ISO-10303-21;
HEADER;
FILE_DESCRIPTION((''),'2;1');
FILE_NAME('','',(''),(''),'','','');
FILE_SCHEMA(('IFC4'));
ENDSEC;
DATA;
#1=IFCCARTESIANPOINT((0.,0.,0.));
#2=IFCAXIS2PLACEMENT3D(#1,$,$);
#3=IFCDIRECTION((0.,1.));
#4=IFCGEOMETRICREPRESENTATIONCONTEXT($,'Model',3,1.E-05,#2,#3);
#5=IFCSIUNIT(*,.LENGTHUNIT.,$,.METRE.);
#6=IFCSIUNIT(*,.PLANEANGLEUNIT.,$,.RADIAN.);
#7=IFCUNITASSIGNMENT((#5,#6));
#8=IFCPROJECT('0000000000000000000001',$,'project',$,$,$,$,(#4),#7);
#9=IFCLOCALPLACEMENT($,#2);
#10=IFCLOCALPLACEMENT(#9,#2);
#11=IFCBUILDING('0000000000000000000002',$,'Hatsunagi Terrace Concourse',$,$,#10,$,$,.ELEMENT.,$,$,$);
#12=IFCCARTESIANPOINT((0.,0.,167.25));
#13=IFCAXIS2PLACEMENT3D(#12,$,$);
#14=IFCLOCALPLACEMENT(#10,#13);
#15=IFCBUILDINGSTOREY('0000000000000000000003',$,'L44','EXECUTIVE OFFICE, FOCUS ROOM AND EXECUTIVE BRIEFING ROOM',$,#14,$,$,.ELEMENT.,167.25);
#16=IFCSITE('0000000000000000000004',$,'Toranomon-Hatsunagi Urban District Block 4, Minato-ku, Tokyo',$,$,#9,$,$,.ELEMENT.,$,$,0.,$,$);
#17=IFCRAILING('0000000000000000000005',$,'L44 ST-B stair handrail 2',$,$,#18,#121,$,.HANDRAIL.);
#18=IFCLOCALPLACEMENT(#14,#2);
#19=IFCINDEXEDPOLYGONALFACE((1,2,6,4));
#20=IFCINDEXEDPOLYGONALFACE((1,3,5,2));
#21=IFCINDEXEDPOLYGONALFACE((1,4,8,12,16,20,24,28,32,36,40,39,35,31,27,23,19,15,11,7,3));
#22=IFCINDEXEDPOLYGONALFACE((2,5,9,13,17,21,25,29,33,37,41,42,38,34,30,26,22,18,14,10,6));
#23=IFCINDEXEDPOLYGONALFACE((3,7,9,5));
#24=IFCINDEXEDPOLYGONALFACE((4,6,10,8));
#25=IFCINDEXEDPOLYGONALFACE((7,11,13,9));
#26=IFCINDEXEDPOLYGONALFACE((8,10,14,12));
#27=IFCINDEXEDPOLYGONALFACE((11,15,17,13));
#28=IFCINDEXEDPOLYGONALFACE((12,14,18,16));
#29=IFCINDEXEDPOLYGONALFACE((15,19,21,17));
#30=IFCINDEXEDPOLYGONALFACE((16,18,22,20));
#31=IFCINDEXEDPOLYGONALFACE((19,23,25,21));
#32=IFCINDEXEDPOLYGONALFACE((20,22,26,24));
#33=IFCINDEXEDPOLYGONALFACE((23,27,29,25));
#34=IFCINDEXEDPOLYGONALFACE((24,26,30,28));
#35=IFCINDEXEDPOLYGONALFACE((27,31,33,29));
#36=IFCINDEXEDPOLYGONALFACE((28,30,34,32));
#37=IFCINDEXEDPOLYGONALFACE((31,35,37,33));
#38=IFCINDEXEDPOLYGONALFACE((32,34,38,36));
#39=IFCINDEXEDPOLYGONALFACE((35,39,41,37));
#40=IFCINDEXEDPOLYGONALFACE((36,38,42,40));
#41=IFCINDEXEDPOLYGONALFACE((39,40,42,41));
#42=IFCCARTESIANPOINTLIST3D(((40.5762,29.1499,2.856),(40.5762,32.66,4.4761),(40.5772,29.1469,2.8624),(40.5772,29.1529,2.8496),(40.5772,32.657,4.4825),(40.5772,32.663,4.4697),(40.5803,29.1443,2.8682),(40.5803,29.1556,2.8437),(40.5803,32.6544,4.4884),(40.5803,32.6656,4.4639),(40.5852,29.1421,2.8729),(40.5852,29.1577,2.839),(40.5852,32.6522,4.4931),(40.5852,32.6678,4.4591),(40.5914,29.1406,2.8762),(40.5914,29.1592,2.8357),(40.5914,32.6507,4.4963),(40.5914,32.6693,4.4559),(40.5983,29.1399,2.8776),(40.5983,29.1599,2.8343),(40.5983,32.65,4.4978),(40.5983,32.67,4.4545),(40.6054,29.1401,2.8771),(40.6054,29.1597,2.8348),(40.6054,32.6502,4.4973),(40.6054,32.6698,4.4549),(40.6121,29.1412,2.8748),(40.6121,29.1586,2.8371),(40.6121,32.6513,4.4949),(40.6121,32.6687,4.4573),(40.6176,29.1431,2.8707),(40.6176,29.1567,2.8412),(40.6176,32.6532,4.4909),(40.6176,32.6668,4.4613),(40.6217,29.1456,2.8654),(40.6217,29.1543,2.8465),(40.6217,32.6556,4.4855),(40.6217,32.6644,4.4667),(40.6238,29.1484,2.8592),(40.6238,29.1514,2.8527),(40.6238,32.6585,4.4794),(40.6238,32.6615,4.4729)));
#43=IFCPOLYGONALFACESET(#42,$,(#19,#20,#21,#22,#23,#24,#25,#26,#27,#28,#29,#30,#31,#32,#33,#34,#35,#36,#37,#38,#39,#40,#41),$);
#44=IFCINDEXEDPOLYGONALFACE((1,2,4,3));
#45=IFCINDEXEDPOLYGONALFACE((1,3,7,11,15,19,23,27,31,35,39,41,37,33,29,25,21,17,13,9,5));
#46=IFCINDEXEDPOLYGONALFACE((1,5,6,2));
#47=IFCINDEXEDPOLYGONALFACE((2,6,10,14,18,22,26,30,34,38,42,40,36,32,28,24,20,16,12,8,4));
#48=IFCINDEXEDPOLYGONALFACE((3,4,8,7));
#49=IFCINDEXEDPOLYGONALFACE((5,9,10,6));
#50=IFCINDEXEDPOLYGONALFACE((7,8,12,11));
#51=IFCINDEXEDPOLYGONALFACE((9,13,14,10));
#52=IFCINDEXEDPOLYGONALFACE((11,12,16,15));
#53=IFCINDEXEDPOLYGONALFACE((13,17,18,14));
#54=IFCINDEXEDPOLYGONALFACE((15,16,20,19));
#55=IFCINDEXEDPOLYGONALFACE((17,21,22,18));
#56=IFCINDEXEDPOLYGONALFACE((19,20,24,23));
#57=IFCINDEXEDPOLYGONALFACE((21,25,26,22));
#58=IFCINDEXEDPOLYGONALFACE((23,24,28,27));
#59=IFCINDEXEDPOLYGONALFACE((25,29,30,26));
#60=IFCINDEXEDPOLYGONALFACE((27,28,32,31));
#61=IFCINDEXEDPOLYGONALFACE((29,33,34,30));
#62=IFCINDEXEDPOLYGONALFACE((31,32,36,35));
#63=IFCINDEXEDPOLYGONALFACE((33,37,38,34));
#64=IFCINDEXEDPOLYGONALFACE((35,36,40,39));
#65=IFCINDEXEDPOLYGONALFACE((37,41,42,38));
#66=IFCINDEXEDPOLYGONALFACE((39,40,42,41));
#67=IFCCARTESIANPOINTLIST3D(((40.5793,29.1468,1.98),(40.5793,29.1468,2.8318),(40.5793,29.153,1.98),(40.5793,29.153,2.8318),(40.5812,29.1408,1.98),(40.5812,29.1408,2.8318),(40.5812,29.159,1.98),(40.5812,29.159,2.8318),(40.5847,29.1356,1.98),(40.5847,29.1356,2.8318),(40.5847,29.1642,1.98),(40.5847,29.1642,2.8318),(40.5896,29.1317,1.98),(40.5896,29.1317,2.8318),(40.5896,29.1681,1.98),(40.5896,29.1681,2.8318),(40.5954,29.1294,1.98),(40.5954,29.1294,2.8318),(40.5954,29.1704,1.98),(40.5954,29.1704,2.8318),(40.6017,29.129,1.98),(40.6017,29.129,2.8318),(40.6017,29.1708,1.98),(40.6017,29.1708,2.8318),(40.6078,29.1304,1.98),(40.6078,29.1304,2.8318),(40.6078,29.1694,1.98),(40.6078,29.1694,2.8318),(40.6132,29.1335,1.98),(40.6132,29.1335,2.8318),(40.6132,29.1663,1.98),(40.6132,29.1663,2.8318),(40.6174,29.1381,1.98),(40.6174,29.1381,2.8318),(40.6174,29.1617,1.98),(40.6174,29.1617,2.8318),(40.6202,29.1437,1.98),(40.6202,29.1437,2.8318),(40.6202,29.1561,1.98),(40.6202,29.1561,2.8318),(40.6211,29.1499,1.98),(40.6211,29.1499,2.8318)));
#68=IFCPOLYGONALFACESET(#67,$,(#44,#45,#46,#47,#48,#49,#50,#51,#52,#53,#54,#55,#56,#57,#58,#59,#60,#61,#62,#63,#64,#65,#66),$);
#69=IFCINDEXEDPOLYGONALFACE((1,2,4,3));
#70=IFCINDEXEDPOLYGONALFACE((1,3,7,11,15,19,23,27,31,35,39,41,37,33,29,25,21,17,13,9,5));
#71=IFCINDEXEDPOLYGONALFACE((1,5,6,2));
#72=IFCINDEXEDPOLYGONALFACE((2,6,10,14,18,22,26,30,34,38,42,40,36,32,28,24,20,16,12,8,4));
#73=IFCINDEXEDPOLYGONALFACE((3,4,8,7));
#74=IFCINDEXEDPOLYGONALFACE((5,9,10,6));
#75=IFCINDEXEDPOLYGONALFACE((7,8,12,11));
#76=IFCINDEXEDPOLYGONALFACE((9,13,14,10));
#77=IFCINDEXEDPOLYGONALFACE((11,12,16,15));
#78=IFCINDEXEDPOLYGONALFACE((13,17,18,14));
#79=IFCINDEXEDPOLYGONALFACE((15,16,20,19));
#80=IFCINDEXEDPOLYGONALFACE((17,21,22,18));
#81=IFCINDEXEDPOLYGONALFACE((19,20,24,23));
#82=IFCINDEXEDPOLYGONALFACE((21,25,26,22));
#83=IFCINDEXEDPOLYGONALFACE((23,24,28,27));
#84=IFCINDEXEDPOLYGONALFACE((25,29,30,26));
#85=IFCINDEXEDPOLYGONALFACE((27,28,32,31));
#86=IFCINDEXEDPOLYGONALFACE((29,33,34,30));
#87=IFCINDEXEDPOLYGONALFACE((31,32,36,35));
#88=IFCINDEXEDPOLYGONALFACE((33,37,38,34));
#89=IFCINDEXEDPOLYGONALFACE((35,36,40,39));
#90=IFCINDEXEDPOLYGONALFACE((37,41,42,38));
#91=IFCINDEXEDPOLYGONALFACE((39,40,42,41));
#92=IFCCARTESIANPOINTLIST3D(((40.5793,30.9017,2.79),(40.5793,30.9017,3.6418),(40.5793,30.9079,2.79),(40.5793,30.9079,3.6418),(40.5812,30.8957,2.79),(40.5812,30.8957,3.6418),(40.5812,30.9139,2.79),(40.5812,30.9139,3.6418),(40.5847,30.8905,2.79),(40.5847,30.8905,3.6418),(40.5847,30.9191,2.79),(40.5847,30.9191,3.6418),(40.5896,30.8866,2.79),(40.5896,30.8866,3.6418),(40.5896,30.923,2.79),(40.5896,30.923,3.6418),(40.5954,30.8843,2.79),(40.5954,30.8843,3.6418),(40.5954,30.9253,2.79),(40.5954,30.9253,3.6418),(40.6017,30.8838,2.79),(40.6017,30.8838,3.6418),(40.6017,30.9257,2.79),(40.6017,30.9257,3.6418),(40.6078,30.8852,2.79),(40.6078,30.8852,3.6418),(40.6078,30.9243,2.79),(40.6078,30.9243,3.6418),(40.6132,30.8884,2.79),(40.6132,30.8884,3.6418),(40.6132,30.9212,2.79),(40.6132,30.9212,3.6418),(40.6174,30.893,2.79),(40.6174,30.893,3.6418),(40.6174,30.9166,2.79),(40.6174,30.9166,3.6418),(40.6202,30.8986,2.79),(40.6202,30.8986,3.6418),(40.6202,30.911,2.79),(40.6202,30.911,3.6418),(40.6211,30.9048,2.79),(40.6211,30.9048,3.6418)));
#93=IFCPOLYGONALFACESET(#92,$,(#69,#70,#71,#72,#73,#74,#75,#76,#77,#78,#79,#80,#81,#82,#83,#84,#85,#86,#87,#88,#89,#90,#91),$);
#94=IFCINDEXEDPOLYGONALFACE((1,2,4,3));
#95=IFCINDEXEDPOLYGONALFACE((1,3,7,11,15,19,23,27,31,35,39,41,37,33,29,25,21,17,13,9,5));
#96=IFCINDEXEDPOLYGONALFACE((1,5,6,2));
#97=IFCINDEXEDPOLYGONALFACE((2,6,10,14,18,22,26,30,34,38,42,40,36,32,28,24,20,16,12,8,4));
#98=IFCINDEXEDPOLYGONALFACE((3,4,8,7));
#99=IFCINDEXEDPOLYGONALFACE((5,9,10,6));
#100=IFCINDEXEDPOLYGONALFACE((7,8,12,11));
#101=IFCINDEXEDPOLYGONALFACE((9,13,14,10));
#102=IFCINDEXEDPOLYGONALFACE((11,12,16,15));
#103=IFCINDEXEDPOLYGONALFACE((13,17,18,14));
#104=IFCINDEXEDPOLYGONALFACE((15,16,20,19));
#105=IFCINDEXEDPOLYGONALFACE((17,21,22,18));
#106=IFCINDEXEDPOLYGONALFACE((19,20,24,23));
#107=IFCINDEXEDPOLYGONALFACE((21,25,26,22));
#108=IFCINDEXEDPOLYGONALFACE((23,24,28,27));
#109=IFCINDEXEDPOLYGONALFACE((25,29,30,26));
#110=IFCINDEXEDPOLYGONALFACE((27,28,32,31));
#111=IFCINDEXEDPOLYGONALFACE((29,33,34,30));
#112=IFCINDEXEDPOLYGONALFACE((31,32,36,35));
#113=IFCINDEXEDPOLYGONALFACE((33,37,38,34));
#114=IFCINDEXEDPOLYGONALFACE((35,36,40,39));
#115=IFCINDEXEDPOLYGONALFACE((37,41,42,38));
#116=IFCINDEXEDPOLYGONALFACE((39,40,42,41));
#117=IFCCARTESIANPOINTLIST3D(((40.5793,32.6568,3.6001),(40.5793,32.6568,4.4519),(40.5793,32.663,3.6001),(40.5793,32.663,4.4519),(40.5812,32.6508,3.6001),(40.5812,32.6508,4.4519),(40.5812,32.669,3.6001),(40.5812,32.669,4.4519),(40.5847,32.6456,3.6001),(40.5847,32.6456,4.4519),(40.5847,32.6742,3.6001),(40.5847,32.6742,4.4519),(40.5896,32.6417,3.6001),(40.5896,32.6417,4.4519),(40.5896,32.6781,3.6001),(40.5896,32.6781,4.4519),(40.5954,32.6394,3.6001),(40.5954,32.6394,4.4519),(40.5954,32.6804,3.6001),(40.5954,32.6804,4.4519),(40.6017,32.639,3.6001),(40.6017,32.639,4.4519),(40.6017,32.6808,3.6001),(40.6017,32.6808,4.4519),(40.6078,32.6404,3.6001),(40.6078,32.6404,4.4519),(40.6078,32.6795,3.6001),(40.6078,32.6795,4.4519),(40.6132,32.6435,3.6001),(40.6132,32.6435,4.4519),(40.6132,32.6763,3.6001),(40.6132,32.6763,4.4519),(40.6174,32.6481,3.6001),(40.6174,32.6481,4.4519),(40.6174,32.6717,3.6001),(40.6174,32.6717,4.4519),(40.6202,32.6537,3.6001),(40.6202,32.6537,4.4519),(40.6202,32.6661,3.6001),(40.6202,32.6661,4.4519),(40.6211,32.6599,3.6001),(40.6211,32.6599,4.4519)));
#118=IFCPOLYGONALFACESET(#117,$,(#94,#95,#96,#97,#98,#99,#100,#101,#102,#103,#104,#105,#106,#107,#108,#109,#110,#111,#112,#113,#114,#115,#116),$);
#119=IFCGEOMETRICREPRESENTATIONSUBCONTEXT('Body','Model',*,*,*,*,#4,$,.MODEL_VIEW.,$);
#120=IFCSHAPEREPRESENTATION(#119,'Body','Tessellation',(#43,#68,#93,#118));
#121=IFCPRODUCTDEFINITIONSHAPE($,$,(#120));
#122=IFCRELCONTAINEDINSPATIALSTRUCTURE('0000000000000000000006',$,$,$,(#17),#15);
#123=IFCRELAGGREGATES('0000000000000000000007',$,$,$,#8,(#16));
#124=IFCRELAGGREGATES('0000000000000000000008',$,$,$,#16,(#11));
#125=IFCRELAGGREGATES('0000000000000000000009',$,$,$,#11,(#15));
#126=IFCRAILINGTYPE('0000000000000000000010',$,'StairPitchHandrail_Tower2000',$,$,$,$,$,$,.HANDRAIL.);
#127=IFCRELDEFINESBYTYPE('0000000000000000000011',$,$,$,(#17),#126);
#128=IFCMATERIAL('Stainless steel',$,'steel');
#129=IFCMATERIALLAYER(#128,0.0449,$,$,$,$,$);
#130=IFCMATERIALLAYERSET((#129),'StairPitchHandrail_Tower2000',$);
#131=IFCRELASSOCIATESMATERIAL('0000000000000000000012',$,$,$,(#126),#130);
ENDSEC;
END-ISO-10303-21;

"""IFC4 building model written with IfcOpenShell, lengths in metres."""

from ifc_helpers import new_model, si_unit, direction, frame, origin, origin_2d, place, context, subcontext, project, spatial, circle, extrude, material, layer, layer_set, type_object, element, save


model = new_model("IFC4")

# Units and contexts
model_context = context("Model", 3, precision=1e-05, world=origin(), true_north=direction((0.0, 1.0)))
body_context = subcontext(model_context, "Body", "Model", "MODEL_VIEW")
ifc_project = project(units=[si_unit("LENGTHUNIT", "METRE"), si_unit("PLANEANGLEUNIT", "RADIAN")], contexts=[model_context])

# Site, building, storey
site_placement = place(None, origin())
site = spatial("IfcSite", under=ifc_project, at=site_placement, Name="Toranomon-Hatsunagi Urban District Block 4, Minato-ku, Tokyo", CompositionType="ELEMENT", RefElevation=0.0)
building_placement = place(site_placement, origin())
building = spatial("IfcBuilding", under=site, at=building_placement, Name="Hatsunagi Terrace Concourse", CompositionType="ELEMENT")
storey_placement = place(building_placement, frame((0.0, 0.0, 167.25)))
storey = spatial("IfcBuildingStorey", under=building, at=storey_placement, Name="L44", Description="EXECUTIVE OFFICE, FOCUS ROOM AND EXECUTIVE BRIEFING ROOM", CompositionType="ELEMENT", Elevation=167.25)

# Railing
ifc_material_1 = material(Name="Stainless steel", Category="steel")
ifc_layer_1 = layer(ifc_material_1, 0.0449)
ifc_layer_set_1 = layer_set([ifc_layer_1], Name="StairPitchHandrail_Tower2000")
railing_type = type_object("IfcRailingType", Name="StairPitchHandrail_Tower2000", PredefinedType="HANDRAIL", material=ifc_layer_set_1)
railing_placement = place(storey_placement, frame((40.6001, 29.1499, 1.98)))
element("IfcRailing", 1, at=railing_placement, inside=storey, type_object=railing_type, Name="L44 ST-B stair handrail 2", PredefinedType="HANDRAIL", context=body_context, shape_type="SweptSolid", body=[
    extrude(circle(Radius=0.0239, at=origin_2d()), frame((0.0, 0.0, 0.876), z_axis=(0.0, 0.907948, 0.419082), x_axis=(-1.0, 0.0, 0.0)), (0.0, 0.0, 1.0), 3.866),
    extrude(circle(Radius=0.021, at=origin_2d()), origin(), (0.0, 0.0, 1.0), 0.8518),
    extrude(circle(Radius=0.021, at=origin_2d()), frame((0.0, 1.7549, 0.8101)), (0.0, 0.0, 1.0), 0.8518),
    extrude(circle(Radius=0.021, at=origin_2d()), frame((0.0, 3.51, 1.6201)), (0.0, 0.0, 1.0), 0.8518),
])

save(model, "model.ifc")
